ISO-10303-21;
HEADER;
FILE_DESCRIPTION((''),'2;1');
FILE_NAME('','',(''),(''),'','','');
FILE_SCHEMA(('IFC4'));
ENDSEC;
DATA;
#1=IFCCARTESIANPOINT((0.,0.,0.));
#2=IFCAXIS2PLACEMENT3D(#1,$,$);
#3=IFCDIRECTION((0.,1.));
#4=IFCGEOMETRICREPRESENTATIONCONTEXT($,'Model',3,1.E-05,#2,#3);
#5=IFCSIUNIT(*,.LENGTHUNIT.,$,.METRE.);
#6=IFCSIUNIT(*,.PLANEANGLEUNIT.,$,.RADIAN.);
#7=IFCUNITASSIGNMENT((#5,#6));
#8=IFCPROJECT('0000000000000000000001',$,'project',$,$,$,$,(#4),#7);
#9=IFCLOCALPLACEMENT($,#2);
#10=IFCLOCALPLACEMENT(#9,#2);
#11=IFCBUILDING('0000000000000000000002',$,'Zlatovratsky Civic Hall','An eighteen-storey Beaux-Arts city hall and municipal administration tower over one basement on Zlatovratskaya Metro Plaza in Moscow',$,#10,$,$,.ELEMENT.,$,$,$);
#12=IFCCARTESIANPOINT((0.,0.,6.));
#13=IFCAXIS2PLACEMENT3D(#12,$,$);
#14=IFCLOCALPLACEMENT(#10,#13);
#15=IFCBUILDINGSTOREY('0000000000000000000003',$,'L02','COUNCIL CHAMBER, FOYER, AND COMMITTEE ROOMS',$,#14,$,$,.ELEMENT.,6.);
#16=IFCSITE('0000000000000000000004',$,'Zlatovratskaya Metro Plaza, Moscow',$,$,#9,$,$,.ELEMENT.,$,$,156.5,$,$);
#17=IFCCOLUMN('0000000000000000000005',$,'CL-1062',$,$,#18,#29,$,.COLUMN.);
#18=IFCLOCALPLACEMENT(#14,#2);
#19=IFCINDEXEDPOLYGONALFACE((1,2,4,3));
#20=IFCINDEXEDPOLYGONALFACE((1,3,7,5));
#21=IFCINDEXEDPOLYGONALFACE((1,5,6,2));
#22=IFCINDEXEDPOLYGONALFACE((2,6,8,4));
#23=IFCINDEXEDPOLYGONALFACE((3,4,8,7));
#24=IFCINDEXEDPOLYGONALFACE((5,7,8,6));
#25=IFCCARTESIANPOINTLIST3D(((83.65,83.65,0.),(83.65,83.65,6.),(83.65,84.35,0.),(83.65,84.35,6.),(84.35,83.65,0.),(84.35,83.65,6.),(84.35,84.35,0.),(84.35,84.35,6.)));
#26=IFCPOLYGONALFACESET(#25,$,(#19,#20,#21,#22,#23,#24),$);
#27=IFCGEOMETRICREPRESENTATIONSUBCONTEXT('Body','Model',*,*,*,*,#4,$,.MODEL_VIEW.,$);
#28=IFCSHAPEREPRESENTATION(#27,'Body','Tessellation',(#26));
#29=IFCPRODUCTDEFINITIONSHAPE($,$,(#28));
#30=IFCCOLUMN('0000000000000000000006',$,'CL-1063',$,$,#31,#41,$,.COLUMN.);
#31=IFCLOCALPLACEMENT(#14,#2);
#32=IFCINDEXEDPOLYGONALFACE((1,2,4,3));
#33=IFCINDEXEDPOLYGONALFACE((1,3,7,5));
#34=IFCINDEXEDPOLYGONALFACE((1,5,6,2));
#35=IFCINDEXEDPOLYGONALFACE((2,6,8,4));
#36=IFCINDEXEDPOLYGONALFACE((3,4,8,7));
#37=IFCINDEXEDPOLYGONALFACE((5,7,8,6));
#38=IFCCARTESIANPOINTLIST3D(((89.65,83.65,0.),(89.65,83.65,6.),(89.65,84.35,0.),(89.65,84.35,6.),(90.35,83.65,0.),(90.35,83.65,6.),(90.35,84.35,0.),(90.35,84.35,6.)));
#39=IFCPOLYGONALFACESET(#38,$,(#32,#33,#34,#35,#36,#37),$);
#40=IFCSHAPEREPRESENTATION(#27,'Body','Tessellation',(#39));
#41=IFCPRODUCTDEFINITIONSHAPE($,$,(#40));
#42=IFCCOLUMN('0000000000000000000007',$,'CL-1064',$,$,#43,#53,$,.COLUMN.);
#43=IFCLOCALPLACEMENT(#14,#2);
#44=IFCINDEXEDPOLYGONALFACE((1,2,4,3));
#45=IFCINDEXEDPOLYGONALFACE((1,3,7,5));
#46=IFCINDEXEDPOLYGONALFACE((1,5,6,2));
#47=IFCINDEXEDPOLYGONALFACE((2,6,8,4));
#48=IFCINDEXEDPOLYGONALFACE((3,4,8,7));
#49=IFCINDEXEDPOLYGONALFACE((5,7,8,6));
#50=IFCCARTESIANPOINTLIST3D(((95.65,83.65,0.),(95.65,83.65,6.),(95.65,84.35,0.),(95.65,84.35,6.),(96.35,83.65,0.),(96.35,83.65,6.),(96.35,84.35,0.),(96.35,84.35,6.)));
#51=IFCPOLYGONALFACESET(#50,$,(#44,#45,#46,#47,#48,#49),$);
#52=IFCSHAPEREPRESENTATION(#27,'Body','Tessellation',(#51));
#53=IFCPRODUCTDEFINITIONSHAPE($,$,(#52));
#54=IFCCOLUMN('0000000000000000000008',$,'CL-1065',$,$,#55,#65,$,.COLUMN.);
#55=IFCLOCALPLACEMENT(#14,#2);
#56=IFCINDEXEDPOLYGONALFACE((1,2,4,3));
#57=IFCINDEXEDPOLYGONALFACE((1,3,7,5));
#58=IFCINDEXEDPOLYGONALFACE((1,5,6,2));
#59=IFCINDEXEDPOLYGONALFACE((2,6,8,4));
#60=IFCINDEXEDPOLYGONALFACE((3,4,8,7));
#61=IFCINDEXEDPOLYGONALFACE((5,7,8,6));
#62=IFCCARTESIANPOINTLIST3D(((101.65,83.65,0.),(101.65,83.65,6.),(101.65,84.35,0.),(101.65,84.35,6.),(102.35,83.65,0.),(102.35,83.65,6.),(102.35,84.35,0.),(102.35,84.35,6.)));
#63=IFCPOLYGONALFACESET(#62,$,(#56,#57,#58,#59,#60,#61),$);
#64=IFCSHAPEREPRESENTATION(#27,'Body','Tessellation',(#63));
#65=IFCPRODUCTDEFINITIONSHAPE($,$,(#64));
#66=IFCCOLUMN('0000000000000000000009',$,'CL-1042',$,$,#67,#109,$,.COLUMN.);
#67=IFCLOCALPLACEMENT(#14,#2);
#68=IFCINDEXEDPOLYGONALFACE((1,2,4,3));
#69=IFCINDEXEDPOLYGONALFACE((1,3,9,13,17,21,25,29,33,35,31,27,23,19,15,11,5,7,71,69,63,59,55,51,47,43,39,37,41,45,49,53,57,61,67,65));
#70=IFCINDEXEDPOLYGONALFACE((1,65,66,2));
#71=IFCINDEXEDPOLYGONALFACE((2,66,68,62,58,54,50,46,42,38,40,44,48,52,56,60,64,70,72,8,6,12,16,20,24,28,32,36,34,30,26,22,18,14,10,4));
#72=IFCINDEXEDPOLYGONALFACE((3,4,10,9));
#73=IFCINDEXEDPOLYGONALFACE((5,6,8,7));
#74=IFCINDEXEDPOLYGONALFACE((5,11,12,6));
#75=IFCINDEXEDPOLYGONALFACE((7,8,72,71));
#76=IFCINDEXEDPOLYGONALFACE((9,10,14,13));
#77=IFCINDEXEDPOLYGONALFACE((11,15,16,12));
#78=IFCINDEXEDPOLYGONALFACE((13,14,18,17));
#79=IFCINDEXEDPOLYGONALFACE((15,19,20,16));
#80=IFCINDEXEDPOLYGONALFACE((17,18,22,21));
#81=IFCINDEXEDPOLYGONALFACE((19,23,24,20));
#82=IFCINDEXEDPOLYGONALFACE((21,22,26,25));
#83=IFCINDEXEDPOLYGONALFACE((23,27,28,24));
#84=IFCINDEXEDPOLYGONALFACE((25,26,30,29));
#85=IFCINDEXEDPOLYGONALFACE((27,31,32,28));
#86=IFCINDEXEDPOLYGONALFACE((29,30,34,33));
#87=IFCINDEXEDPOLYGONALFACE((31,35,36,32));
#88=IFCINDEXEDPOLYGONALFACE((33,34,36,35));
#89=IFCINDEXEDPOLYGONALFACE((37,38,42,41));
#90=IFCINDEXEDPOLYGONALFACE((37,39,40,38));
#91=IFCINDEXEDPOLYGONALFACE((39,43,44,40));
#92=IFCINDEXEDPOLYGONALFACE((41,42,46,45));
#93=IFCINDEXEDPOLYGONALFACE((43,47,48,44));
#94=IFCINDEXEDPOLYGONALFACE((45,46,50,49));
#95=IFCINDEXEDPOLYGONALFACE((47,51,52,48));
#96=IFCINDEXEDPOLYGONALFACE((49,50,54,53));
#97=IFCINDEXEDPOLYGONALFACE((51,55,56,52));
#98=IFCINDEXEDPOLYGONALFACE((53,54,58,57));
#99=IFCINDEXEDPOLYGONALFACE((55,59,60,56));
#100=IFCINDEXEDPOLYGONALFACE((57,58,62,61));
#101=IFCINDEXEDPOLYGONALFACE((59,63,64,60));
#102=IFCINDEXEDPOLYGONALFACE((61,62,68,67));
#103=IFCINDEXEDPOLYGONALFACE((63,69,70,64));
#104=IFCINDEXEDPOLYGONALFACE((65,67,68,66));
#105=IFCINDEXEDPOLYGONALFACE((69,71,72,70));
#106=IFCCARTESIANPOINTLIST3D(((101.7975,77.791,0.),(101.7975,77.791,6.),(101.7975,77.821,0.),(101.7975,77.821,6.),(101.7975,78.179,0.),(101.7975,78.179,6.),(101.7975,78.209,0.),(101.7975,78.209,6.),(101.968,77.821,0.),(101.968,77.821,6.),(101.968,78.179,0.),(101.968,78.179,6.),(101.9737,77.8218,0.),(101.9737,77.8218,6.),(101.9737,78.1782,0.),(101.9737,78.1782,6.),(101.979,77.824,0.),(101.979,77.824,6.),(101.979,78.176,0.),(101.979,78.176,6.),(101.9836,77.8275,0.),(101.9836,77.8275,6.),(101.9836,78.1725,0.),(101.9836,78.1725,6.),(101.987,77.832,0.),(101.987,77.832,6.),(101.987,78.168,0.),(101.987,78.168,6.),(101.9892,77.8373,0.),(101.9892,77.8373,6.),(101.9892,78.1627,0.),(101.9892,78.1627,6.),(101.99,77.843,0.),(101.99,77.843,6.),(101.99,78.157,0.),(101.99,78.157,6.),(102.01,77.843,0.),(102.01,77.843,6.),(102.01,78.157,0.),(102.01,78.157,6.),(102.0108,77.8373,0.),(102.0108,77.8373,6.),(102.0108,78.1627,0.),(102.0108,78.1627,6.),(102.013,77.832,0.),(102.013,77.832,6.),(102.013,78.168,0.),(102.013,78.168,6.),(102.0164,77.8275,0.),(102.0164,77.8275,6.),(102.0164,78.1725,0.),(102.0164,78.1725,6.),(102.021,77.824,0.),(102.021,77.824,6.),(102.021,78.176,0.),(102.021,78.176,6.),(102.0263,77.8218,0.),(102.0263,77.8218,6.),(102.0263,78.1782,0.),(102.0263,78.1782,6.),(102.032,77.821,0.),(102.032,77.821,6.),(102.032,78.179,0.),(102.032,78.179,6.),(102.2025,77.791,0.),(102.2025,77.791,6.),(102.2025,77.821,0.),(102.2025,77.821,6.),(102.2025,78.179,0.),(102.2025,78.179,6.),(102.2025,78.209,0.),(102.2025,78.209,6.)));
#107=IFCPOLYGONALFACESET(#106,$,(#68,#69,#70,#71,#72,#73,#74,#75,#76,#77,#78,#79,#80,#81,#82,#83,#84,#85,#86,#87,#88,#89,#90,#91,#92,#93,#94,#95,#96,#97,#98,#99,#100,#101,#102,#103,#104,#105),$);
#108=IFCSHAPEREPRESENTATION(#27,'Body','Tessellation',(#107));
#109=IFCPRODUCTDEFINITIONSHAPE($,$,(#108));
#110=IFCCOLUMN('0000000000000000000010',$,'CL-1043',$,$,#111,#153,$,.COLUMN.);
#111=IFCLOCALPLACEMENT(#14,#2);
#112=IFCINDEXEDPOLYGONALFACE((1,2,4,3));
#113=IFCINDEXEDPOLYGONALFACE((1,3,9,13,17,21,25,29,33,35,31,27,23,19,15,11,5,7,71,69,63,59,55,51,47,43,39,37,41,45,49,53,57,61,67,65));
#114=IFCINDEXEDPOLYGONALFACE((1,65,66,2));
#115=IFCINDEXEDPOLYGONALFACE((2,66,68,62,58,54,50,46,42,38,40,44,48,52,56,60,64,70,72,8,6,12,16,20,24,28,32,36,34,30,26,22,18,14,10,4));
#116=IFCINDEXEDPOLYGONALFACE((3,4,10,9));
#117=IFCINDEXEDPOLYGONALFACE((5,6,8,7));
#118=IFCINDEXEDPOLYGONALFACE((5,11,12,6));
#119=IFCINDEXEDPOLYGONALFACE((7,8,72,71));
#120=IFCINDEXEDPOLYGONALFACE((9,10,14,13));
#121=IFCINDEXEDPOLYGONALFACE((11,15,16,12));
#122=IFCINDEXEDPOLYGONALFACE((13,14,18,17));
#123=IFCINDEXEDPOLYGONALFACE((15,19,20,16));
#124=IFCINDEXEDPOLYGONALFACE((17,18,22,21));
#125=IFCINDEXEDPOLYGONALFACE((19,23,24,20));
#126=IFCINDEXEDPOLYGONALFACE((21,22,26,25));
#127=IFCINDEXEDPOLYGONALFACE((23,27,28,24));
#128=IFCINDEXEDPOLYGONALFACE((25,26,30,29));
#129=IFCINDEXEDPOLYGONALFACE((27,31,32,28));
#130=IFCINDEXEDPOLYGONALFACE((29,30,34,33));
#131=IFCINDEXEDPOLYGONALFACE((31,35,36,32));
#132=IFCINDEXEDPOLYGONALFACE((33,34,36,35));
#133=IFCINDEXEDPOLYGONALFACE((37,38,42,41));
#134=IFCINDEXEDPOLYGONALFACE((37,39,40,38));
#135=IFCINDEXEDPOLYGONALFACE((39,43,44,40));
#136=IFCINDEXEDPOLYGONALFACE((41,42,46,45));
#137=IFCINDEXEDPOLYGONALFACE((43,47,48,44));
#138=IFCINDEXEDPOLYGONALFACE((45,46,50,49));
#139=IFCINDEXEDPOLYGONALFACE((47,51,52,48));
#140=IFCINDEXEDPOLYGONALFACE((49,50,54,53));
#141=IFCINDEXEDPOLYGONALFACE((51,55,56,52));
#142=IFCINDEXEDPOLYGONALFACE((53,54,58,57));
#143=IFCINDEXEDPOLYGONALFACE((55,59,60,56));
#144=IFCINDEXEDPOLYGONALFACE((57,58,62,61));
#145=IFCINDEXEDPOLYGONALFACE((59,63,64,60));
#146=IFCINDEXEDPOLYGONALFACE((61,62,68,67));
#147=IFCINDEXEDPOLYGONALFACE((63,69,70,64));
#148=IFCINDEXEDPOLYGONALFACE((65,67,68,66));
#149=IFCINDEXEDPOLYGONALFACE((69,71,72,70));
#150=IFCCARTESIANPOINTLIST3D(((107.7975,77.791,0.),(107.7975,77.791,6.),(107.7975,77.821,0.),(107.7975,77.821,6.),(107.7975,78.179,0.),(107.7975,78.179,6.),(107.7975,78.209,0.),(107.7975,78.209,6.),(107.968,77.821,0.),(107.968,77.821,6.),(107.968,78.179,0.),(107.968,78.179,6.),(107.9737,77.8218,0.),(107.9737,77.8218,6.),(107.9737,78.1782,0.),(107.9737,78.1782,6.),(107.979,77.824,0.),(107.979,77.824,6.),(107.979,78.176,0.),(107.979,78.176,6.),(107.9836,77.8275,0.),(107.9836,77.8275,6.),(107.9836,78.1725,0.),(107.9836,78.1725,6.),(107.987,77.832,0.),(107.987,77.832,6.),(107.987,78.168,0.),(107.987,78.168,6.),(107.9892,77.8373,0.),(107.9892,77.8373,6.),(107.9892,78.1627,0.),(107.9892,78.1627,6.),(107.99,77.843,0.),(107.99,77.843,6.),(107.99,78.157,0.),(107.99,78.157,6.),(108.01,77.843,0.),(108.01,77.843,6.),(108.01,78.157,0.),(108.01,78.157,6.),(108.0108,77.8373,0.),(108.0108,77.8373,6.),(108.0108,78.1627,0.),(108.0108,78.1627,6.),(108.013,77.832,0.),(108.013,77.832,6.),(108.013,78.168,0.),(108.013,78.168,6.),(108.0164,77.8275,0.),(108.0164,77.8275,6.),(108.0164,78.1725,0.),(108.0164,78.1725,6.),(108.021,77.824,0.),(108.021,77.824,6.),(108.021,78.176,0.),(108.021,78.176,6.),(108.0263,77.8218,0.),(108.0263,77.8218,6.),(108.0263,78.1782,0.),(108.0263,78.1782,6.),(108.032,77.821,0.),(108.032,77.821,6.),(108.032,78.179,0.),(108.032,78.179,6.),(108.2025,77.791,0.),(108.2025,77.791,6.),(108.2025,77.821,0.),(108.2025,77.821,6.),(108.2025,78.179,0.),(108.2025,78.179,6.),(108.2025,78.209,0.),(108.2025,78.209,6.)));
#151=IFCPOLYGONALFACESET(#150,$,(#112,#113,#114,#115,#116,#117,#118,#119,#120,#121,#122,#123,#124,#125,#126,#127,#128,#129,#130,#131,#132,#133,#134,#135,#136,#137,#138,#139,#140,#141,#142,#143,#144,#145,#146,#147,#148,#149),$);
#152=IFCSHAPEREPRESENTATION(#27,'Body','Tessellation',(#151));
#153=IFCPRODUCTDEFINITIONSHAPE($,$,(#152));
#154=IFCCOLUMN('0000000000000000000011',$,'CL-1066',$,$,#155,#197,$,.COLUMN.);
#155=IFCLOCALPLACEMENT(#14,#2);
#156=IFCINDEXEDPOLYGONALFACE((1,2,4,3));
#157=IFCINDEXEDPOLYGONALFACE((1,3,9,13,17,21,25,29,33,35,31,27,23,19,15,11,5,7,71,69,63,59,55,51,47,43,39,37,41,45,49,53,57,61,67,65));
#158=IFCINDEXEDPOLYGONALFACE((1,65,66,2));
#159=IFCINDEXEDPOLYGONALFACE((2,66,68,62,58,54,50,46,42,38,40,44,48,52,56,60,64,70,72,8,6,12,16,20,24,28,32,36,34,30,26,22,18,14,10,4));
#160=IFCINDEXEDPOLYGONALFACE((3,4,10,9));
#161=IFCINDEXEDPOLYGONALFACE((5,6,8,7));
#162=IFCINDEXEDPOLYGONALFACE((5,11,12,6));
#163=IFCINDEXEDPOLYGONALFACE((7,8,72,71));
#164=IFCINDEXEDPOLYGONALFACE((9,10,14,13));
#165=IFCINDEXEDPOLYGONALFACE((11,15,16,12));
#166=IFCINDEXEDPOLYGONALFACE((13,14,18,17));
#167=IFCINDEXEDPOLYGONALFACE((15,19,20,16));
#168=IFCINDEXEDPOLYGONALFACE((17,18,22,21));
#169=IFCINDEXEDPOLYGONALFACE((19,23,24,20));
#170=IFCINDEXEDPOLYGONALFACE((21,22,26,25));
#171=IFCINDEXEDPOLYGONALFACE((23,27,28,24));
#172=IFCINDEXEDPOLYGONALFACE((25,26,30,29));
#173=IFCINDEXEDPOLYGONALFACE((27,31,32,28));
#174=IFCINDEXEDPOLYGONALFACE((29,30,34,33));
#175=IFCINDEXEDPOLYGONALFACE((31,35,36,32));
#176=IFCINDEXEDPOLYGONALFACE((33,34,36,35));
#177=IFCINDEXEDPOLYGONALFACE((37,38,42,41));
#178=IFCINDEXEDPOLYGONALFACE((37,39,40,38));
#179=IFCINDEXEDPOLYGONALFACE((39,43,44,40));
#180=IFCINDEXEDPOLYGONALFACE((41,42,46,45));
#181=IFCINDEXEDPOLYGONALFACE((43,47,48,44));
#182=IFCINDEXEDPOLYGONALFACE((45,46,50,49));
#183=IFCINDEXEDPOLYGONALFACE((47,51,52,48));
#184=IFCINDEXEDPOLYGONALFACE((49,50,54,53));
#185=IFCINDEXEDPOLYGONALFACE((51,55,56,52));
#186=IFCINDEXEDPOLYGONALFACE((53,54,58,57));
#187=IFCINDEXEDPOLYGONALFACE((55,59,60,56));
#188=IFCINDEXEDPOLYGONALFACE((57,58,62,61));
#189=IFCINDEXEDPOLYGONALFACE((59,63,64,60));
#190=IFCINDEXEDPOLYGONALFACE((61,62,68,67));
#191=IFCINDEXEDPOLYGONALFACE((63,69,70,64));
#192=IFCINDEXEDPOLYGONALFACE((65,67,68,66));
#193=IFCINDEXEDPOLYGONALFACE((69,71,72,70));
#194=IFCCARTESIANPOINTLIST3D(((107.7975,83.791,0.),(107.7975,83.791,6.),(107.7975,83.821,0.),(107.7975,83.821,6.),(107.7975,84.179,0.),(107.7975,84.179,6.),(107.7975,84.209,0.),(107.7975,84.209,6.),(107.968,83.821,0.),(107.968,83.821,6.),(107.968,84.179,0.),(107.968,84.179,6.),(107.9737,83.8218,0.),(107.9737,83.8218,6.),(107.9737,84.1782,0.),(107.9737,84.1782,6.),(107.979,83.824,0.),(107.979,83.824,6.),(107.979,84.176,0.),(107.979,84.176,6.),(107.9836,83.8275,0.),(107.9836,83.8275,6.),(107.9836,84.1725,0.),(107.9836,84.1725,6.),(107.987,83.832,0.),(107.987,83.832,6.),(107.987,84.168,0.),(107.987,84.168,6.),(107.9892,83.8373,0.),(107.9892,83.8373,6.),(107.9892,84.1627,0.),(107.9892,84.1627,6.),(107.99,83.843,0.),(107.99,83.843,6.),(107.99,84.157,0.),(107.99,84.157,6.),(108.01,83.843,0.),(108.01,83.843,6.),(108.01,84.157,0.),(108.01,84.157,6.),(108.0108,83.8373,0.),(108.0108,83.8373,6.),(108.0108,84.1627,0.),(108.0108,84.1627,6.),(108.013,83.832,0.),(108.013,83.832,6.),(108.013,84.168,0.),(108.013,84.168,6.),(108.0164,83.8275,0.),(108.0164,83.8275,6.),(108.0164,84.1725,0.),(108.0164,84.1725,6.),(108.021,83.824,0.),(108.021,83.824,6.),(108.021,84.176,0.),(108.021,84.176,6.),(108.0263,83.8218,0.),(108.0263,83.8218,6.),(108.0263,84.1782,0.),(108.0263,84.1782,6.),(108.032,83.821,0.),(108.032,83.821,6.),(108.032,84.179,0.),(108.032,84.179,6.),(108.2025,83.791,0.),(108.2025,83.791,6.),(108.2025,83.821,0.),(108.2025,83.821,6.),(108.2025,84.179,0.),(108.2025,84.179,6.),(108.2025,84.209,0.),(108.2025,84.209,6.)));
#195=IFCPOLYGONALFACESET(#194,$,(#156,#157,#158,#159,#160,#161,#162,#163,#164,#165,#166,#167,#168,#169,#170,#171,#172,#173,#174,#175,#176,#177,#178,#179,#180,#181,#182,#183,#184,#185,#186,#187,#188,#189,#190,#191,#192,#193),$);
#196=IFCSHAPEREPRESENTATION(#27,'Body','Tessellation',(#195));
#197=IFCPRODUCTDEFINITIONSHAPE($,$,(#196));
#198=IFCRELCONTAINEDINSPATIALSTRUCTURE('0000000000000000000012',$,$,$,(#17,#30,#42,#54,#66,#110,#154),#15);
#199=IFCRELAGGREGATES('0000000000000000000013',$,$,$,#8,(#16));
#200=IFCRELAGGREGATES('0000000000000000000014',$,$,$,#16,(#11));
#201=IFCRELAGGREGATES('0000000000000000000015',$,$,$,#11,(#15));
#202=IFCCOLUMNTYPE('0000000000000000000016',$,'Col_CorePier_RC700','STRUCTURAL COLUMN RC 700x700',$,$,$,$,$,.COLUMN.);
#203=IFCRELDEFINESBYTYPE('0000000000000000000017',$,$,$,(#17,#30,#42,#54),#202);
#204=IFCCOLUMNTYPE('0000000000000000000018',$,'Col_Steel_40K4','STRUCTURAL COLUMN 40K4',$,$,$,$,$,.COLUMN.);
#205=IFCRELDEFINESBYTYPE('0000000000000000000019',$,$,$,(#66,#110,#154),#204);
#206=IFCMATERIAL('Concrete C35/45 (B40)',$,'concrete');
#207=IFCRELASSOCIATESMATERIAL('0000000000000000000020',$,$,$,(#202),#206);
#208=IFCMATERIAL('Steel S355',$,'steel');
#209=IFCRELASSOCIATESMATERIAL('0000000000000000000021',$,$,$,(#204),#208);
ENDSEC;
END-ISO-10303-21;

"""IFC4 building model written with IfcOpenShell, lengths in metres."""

from ifc_helpers import new_model, si_unit, direction, frame, origin, origin_2d, place, context, subcontext, project, spatial, rectangle, i_section, extrude, material, material_profile, profile_set, type_object, element, save


model = new_model("IFC4")

# Units and contexts
model_context = context("Model", 3, precision=1e-05, world=origin(), true_north=direction((0.0, 1.0)))
body_context = subcontext(model_context, "Body", "Model", "MODEL_VIEW")
ifc_project = project(units=[si_unit("LENGTHUNIT", "METRE"), si_unit("PLANEANGLEUNIT", "RADIAN")], contexts=[model_context])

# Site, building, storey
site_placement = place(None, origin())
site = spatial("IfcSite", under=ifc_project, at=site_placement, Name="Zlatovratskaya Metro Plaza, Moscow", CompositionType="ELEMENT", RefElevation=156.5)
building_placement = place(site_placement, origin())
building = spatial("IfcBuilding", under=site, at=building_placement, Name="Zlatovratsky Civic Hall", Description="An eighteen-storey Beaux-Arts city hall and municipal administration tower over one basement on Zlatovratskaya Metro Plaza in Moscow", CompositionType="ELEMENT")
storey_placement = place(building_placement, frame((0.0, 0.0, 6.0)))
storey = spatial("IfcBuildingStorey", under=building, at=storey_placement, Name="L02", Description="COUNCIL CHAMBER, FOYER, AND COMMITTEE ROOMS", CompositionType="ELEMENT", Elevation=6.0)

# Columns
ifc_material_1 = material(Name="Concrete C35/45 (B40)", Category="concrete")
ifc_material_profile_1 = material_profile(ifc_material_1, rectangle(XDim=0.7, YDim=0.7, at=origin_2d()), Name="RC 700x700")
ifc_profile_set_1 = profile_set([ifc_material_profile_1], Name="Concrete C35/45 (B40)")
column_type_1 = type_object("IfcColumnType", Name="Col_CorePier_RC700", Description="STRUCTURAL COLUMN RC 700x700", PredefinedType="COLUMN", material=ifc_profile_set_1)
for number, where, z_axis, x_axis, name in (
    (1, (84.0, 84.0, 0.0), (0.0, 0.0, 1.0), (1.0, 0.0, 0.0), "CL-1062"),
    (2, (90.0, 84.0, 0.0), (0.0, 0.0, 1.0), (1.0, 0.0, 0.0), "CL-1063"),
    (3, (96.0, 84.0, 0.0), (0.0, 0.0, 1.0), (1.0, 0.0, 0.0), "CL-1064"),
    (4, (102.0, 84.0, 0.0), (0.0, 0.0, 1.0), (1.0, 0.0, 0.0), "CL-1065"),
):
    element("IfcColumn", number, at=place(storey_placement, frame(where, z_axis=z_axis, x_axis=x_axis)), inside=storey, type_object=column_type_1, Name=name, PredefinedType="COLUMN", context=body_context, shape_type="SweptSolid", body=[
        extrude(rectangle(XDim=0.7, YDim=0.7, at=origin_2d()), origin(), (0.0, 0.0, 1.0), 6.0),
    ])
ifc_material_2 = material(Name="Steel S355", Category="steel")
ifc_material_profile_2 = material_profile(ifc_material_2, i_section(OverallWidth=0.405, OverallDepth=0.418, WebThickness=0.02, FlangeThickness=0.03, FilletRadius=0.022, at=origin_2d()), Name="40K4")
ifc_profile_set_2 = profile_set([ifc_material_profile_2], Name="Steel S355")
column_type_2 = type_object("IfcColumnType", Name="Col_Steel_40K4", Description="STRUCTURAL COLUMN 40K4", PredefinedType="COLUMN", material=ifc_profile_set_2)
for number, where, z_axis, x_axis, name in (
    (5, (102.0, 78.0, 0.0), (0.0, 0.0, 1.0), (1.0, 0.0, 0.0), "CL-1042"),
    (6, (108.0, 78.0, 0.0), (0.0, 0.0, 1.0), (1.0, 0.0, 0.0), "CL-1043"),
    (7, (108.0, 84.0, 0.0), (0.0, 0.0, 1.0), (1.0, 0.0, 0.0), "CL-1066"),
):
    element("IfcColumn", number, at=place(storey_placement, frame(where, z_axis=z_axis, x_axis=x_axis)), inside=storey, type_object=column_type_2, Name=name, PredefinedType="COLUMN", context=body_context, shape_type="SweptSolid", body=[
        extrude(i_section(OverallWidth=0.405, OverallDepth=0.418, WebThickness=0.02, FlangeThickness=0.03, FilletRadius=0.022, at=origin_2d()), origin(), (0.0, 0.0, 1.0), 6.0),
    ])

save(model, "model.ifc")
